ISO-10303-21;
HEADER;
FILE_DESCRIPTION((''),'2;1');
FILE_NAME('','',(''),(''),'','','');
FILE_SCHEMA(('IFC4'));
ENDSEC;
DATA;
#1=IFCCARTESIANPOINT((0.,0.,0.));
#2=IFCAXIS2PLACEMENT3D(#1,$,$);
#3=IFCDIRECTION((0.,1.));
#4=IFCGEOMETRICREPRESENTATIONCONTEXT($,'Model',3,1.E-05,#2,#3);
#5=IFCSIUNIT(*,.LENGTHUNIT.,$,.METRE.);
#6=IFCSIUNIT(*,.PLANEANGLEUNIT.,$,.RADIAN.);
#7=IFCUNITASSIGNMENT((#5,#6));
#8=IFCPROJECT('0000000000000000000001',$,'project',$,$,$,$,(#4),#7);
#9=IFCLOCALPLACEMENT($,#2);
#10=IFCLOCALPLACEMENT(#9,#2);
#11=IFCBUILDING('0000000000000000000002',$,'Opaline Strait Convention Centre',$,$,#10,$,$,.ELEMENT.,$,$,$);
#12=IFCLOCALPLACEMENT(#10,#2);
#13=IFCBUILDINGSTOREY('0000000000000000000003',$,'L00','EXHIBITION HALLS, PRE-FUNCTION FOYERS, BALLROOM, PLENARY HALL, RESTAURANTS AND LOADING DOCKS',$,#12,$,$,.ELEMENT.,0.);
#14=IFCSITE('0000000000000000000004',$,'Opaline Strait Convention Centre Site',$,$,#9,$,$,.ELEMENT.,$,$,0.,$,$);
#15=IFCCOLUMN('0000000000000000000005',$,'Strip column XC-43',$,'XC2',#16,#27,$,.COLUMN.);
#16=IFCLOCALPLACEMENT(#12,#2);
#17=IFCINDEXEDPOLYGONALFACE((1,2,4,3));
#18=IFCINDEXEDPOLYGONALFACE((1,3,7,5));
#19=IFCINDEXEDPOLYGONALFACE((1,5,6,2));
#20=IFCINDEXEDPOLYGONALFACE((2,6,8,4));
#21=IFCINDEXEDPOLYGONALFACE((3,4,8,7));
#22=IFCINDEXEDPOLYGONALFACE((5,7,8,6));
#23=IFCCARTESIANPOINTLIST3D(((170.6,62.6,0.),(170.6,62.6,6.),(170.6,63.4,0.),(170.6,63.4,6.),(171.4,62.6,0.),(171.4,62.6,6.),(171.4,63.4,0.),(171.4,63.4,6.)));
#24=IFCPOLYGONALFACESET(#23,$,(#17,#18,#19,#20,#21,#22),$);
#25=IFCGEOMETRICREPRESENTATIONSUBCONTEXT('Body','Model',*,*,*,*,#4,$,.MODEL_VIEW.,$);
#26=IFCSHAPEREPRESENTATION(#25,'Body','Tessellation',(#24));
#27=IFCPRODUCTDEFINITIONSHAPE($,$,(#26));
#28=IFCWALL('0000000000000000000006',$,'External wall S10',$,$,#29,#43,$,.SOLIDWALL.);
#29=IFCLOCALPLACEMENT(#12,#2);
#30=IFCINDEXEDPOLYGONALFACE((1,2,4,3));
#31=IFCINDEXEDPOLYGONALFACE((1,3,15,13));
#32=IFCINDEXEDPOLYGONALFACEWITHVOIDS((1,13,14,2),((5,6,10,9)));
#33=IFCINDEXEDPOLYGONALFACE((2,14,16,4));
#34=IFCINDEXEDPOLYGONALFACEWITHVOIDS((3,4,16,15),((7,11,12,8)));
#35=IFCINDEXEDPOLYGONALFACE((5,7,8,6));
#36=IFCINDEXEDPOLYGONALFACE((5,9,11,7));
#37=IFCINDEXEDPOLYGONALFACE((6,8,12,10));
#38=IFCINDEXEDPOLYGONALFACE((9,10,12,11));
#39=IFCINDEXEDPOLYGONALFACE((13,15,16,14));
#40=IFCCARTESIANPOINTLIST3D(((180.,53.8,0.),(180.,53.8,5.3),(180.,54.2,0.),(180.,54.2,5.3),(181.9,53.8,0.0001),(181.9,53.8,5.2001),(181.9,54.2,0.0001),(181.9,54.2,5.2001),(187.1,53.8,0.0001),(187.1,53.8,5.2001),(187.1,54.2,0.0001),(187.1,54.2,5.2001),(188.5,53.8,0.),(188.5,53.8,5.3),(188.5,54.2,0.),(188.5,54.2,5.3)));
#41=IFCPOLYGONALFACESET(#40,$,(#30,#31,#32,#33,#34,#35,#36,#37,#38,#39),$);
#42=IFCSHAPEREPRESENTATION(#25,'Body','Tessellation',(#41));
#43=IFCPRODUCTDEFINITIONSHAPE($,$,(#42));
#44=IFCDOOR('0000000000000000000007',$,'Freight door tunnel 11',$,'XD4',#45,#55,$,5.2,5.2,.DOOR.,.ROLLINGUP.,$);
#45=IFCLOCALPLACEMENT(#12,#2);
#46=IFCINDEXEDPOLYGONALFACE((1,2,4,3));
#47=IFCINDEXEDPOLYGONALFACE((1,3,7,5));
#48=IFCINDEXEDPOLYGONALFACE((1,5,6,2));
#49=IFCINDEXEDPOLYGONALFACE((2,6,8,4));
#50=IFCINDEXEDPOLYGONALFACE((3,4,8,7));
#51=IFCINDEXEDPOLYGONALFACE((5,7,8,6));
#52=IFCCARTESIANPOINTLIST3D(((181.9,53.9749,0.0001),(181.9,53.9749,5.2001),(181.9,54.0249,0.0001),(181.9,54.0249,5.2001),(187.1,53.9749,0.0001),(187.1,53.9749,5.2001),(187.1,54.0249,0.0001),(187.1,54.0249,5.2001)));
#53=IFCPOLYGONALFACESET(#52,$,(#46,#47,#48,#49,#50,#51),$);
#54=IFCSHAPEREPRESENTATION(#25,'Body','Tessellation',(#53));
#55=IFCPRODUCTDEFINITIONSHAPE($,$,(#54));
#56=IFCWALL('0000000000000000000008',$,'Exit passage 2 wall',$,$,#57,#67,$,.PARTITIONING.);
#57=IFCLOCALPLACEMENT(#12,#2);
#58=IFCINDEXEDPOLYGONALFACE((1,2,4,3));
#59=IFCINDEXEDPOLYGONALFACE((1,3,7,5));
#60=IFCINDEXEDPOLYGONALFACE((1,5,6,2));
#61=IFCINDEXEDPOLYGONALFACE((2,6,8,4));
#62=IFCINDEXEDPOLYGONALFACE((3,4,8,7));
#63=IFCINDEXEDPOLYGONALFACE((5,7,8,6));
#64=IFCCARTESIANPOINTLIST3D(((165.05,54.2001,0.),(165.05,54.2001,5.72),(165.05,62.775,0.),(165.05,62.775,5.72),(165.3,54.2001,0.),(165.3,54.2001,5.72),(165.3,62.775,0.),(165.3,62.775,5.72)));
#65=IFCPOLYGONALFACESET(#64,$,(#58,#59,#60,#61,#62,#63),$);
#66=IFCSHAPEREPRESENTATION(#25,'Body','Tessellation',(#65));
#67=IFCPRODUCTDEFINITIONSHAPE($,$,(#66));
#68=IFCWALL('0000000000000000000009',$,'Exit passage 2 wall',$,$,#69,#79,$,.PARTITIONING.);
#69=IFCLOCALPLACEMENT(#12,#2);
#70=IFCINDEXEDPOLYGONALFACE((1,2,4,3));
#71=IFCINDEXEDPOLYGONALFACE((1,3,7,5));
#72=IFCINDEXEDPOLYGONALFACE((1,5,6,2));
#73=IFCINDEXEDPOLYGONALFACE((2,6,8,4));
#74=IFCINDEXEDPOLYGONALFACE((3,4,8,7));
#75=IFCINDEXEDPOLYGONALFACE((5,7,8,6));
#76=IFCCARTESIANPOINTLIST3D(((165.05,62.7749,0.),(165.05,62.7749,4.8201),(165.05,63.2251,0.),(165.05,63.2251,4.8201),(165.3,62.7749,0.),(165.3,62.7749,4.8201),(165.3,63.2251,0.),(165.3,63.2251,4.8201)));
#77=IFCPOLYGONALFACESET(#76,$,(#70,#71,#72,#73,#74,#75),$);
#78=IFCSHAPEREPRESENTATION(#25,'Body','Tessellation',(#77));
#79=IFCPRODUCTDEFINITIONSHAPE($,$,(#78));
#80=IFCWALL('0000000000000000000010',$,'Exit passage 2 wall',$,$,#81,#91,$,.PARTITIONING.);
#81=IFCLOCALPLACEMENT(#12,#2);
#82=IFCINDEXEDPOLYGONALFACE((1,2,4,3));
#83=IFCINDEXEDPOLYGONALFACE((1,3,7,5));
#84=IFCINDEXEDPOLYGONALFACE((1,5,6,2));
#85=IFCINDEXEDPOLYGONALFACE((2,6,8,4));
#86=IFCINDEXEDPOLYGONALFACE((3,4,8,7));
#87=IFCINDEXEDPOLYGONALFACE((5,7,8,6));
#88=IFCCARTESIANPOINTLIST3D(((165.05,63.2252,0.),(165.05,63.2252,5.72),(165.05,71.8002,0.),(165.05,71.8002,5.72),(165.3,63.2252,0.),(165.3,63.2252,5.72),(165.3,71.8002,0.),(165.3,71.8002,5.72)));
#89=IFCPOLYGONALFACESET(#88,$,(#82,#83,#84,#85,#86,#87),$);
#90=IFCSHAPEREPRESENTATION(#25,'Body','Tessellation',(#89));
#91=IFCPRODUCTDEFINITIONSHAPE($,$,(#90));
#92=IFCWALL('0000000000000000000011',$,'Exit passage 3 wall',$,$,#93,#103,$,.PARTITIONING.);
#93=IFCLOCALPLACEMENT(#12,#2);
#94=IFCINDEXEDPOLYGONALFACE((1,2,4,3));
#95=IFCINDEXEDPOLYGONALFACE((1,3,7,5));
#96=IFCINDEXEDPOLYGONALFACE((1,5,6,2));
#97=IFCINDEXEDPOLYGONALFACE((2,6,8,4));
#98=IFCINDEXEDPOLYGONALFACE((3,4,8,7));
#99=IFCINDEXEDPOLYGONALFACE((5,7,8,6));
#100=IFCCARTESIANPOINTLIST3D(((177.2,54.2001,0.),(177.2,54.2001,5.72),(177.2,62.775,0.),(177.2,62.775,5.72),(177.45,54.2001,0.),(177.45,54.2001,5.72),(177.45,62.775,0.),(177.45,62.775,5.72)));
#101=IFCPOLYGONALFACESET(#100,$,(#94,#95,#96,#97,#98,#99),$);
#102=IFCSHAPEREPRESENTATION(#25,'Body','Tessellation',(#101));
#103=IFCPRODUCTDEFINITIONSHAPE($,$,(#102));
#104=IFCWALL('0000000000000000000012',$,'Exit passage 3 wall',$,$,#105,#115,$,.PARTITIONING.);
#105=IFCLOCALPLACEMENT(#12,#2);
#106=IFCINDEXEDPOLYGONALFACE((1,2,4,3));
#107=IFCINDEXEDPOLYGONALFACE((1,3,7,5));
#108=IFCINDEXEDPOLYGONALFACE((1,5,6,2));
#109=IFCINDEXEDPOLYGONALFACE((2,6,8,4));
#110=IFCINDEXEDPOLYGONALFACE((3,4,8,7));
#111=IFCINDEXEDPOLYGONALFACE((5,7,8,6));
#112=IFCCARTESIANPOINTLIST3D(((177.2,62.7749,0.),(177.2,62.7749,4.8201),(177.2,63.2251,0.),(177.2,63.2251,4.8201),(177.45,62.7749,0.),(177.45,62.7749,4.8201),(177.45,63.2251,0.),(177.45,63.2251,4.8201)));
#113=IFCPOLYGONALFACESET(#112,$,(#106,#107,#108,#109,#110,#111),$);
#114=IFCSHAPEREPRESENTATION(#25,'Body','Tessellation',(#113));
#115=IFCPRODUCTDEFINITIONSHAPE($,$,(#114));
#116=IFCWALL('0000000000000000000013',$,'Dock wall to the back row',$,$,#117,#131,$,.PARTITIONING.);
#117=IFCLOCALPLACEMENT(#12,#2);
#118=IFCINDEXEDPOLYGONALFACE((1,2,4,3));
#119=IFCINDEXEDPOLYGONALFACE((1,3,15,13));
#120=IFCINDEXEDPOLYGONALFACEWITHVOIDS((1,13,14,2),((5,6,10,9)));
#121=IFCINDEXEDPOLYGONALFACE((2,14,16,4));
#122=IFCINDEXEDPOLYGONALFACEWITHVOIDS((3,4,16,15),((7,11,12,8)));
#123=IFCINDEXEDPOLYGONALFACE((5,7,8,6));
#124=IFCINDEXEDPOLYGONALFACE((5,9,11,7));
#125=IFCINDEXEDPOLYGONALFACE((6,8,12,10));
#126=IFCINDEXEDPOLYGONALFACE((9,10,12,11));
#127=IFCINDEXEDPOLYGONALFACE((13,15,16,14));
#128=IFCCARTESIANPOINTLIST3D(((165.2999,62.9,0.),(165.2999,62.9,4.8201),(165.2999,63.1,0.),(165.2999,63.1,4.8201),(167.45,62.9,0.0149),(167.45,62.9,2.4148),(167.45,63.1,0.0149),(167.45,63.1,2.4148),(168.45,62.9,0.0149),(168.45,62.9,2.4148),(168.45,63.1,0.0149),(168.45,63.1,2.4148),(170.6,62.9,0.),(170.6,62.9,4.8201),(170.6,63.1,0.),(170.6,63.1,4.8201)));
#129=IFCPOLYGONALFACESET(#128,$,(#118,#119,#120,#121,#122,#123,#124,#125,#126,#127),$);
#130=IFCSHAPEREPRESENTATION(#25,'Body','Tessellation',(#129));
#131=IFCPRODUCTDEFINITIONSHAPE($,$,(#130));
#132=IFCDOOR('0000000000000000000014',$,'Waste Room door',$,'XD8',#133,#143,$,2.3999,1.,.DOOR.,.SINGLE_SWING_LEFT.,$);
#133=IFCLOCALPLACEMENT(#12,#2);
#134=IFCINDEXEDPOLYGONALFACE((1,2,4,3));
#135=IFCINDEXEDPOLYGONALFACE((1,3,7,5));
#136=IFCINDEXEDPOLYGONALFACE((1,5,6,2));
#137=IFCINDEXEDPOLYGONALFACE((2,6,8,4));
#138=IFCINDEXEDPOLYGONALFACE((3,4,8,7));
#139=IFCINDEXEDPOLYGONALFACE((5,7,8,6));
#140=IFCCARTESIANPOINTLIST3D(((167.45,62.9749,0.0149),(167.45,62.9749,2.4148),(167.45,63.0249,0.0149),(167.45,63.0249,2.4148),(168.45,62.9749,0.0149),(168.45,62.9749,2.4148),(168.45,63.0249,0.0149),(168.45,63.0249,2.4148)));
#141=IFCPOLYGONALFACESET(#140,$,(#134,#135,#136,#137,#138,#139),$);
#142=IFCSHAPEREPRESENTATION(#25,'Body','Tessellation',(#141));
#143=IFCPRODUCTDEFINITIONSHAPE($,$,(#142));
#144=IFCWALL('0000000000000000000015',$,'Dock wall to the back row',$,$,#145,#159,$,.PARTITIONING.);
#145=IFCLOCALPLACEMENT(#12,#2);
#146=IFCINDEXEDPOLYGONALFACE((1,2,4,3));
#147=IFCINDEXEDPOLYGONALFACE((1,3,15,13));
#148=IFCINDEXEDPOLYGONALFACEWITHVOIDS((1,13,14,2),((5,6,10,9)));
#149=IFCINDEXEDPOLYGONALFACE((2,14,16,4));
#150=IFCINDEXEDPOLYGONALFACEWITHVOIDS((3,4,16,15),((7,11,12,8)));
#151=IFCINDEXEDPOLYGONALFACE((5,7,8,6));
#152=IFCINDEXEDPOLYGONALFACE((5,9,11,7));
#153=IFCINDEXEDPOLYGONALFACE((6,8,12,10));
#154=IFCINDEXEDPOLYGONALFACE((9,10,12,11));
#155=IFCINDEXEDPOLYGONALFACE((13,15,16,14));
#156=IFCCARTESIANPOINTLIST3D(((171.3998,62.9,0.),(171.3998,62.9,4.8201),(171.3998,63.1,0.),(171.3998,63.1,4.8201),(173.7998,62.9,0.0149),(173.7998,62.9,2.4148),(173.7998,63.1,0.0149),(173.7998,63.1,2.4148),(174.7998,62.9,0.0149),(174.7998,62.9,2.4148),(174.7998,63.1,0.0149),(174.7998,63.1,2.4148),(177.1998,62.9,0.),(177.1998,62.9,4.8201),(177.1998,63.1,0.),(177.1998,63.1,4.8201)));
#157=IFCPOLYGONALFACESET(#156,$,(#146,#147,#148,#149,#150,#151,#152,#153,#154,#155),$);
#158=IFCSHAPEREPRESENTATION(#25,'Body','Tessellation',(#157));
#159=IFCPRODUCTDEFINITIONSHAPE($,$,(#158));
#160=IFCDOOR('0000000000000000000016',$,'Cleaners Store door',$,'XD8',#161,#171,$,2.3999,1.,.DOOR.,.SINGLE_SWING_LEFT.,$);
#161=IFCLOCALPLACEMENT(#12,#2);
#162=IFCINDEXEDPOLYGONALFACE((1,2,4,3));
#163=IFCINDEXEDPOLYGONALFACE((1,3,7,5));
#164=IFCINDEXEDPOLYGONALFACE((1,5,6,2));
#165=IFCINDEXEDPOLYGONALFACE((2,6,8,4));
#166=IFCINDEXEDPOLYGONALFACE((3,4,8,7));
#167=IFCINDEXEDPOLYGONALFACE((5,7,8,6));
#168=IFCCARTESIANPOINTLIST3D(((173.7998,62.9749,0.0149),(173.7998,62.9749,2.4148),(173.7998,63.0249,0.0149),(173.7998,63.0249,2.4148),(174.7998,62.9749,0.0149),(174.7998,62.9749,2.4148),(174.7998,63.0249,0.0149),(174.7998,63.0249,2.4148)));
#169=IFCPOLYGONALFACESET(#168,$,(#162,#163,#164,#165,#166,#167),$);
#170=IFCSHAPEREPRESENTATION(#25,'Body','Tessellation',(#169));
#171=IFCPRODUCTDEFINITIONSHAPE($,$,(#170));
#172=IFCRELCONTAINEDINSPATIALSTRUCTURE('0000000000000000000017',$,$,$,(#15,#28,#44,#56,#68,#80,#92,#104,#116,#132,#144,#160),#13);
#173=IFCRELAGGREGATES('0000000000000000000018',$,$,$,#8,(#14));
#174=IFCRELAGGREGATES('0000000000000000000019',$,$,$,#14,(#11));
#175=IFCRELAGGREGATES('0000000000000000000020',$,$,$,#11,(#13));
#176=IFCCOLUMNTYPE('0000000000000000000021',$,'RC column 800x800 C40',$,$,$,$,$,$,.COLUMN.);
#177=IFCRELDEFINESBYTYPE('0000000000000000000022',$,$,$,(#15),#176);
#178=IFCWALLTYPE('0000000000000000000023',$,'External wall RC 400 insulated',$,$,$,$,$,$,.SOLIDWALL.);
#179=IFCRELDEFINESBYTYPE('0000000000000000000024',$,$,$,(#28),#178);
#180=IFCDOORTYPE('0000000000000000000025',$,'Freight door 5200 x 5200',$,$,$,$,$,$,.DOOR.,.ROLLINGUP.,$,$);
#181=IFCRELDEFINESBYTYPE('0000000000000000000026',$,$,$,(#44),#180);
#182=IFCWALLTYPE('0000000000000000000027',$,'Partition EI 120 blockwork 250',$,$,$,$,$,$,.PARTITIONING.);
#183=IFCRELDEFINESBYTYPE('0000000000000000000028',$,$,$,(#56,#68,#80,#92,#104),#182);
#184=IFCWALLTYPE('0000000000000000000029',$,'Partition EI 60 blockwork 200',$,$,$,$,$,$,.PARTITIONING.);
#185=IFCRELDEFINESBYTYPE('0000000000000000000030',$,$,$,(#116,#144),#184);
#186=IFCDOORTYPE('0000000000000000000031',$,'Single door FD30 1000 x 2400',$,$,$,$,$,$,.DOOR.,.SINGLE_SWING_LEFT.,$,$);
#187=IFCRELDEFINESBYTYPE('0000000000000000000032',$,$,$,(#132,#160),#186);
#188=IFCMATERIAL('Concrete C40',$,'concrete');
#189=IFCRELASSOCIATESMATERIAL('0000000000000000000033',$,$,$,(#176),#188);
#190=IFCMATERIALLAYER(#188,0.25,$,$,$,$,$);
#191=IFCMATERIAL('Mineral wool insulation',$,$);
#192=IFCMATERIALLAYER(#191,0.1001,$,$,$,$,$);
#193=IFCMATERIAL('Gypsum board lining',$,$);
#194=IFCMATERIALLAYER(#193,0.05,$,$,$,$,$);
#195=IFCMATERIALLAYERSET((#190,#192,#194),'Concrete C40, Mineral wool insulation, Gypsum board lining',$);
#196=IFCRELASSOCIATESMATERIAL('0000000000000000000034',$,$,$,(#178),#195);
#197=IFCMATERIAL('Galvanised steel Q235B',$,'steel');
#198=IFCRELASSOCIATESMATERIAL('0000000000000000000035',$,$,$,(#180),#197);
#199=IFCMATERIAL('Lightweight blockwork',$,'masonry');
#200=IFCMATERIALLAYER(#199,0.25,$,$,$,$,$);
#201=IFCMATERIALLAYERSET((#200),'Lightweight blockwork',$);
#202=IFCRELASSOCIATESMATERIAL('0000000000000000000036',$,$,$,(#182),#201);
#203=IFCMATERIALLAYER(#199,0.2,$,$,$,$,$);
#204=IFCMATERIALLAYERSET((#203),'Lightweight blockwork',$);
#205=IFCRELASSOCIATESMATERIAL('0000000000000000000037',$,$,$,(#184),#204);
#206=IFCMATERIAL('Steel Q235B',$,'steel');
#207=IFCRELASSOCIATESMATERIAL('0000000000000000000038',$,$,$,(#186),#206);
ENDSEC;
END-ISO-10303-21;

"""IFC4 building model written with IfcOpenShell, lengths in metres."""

from ifc_helpers import new_model, si_unit, direction, frame, frame_2d, origin, origin_2d, place, context, subcontext, project, spatial, rectangle, extrude, material, layer, layer_set, material_profile, profile_set, type_object, element, fill, save


model = new_model("IFC4")

# Units and contexts
model_context = context("Model", 3, precision=1e-05, world=origin(), true_north=direction((0.0, 1.0)))
body_context = subcontext(model_context, "Body", "Model", "MODEL_VIEW")
ifc_project = project(units=[si_unit("LENGTHUNIT", "METRE"), si_unit("PLANEANGLEUNIT", "RADIAN")], contexts=[model_context])

# Site, building, storey
site_placement = place(None, origin())
site = spatial("IfcSite", under=ifc_project, at=site_placement, Name="Opaline Strait Convention Centre Site", CompositionType="ELEMENT", RefElevation=0.0)
building_placement = place(site_placement, origin())
building = spatial("IfcBuilding", under=site, at=building_placement, Name="Opaline Strait Convention Centre", CompositionType="ELEMENT")
storey_placement = place(building_placement, origin())
storey = spatial("IfcBuildingStorey", under=building, at=storey_placement, Name="L00", Description="EXHIBITION HALLS, PRE-FUNCTION FOYERS, BALLROOM, PLENARY HALL, RESTAURANTS AND LOADING DOCKS", CompositionType="ELEMENT", Elevation=0.0)

# Column
ifc_material_1 = material(Name="Concrete C40", Category="concrete")
ifc_material_profile_1 = material_profile(ifc_material_1, rectangle(XDim=0.8, YDim=0.8, at=origin_2d()), Name="RC 800x800")
ifc_profile_set_1 = profile_set([ifc_material_profile_1], Name="Concrete C40")
column_type_1 = type_object("IfcColumnType", Name="RC column 800x800 C40", PredefinedType="COLUMN", material=ifc_profile_set_1)
column_1_placement = place(storey_placement, frame((171.0, 63.0, 0.0), z_axis=(0.0, 0.0, 1.0), x_axis=(1.0, 0.0, 0.0)))
element("IfcColumn", 1, at=column_1_placement, inside=storey, type_object=column_type_1, Name="Strip column XC-43", ObjectType="XC2", PredefinedType="COLUMN", context=body_context, shape_type="SweptSolid", body=[
    extrude(rectangle(XDim=0.8, YDim=0.8, at=origin_2d()), origin(), (0.0, 0.0, 1.0), 6.0),
])

# Shared definitions
ifc_layer_1 = layer(ifc_material_1, 0.25)
ifc_material_2 = material(Name="Mineral wool insulation")
ifc_layer_2 = layer(ifc_material_2, 0.1001)
ifc_material_3 = material(Name="Gypsum board lining")
ifc_layer_3 = layer(ifc_material_3, 0.05)
ifc_layer_set_1 = layer_set([ifc_layer_1, ifc_layer_2, ifc_layer_3], Name="Concrete C40, Mineral wool insulation, Gypsum board lining")
wall_type_1 = type_object("IfcWallType", Name="External wall RC 400 insulated", PredefinedType="SOLIDWALL", material=ifc_layer_set_1)
ifc_material_4 = material(Name="Galvanised steel Q235B", Category="steel")
ifc_material_5 = material(Name="Steel Q235B", Category="steel")

# Wall, opening, door
wall_1_placement = place(storey_placement, frame((180.0, 54.0, 0.0), z_axis=(0.0, 0.0, 1.0), x_axis=(1.0, 0.0, 0.0)))
wall_1 = element("IfcWall", 2, at=wall_1_placement, inside=storey, type_object=wall_type_1, Name="External wall S10", PredefinedType="SOLIDWALL", context=body_context, shape_type="SweptSolid", body=[
    extrude(rectangle(XDim=8.5, YDim=0.3999, at=frame_2d((4.25, 0.0))), origin(), (0.0, 0.0, 1.0), 5.3),
])
opening_1_placement = place(wall_1_placement, frame((1.8999, 0.0, 0.0)))
opening_1 = element("IfcOpeningElement", 3, at=opening_1_placement, cuts=wall_1, PredefinedType="OPENING", context=body_context, shape_type="SweptSolid", body=[
    extrude(rectangle(XDim=5.2, YDim=5.2, at=frame_2d((2.6001, 2.6001))), frame((0.0, 0.21, 0.0), z_axis=(0.0, -1.0, 0.0), x_axis=(1.0, 0.0, 0.0)), (0.0, 0.0, 1.0), 0.4199),
])
door_type_1 = type_object("IfcDoorType", Name="Freight door 5200 x 5200", OperationType="ROLLINGUP", PredefinedType="DOOR", material=ifc_material_4)
door_1_placement = place(opening_1_placement, origin())
door_1 = element("IfcDoor", 4, at=door_1_placement, inside=storey, type_object=door_type_1, Name="Freight door tunnel 11", ObjectType="XD4", OperationType="ROLLINGUP", OverallHeight=5.2, OverallWidth=5.2, PredefinedType="DOOR", context=body_context, shape_type="SweptSolid", body=[
    extrude(rectangle(XDim=5.2, YDim=5.2, at=frame_2d((2.6001, 2.6001))), frame((0.0, 0.0249, 0.0), z_axis=(0.0, -1.0, 0.0), x_axis=(1.0, 0.0, 0.0)), (0.0, 0.0, 1.0), 0.05),
])
fill(opening_1, door_1)

# Walls
ifc_material_6 = material(Name="Lightweight blockwork", Category="masonry")
ifc_layer_4 = layer(ifc_material_6, 0.25)
ifc_layer_set_2 = layer_set([ifc_layer_4], Name="Lightweight blockwork")
wall_type_2 = type_object("IfcWallType", Name="Partition EI 120 blockwork 250", PredefinedType="PARTITIONING", material=ifc_layer_set_2)
wall_2_placement = place(storey_placement, frame((165.175, 54.2, 0.0), z_axis=(0.0, 0.0, 1.0), x_axis=(0.0, 1.0, 0.0)))
element("IfcWall", 5, at=wall_2_placement, inside=storey, type_object=wall_type_2, Name="Exit passage 2 wall", PredefinedType="PARTITIONING", context=body_context, shape_type="SweptSolid", body=[
    extrude(rectangle(XDim=8.575, YDim=0.25, at=frame_2d((4.2876, 0.0))), origin(), (0.0, 0.0, 1.0), 5.72),
])
wall_3_placement = place(storey_placement, frame((165.175, 62.7749, 0.0), z_axis=(0.0, 0.0, 1.0), x_axis=(0.0, 1.0, 0.0)))
element("IfcWall", 6, at=wall_3_placement, inside=storey, type_object=wall_type_2, Name="Exit passage 2 wall", PredefinedType="PARTITIONING", context=body_context, shape_type="SweptSolid", body=[
    extrude(rectangle(XDim=0.4502, YDim=0.25, at=frame_2d((0.2251, 0.0))), origin(), (0.0, 0.0, 1.0), 4.8201),
])
for number, where, z_axis, x_axis, name in (
    (7, (165.175, 63.2251, 0.0), (0.0, 0.0, 1.0), (0.0, 1.0, 0.0), "Exit passage 2 wall"),
    (8, (177.325, 54.2, 0.0), (0.0, 0.0, 1.0), (0.0, 1.0, 0.0), "Exit passage 3 wall"),
):
    element("IfcWall", number, at=place(storey_placement, frame(where, z_axis=z_axis, x_axis=x_axis)), inside=storey, type_object=wall_type_2, Name=name, PredefinedType="PARTITIONING", context=body_context, shape_type="SweptSolid", body=[
        extrude(rectangle(XDim=8.575, YDim=0.25, at=frame_2d((4.2876, 0.0))), origin(), (0.0, 0.0, 1.0), 5.72),
    ])
wall_4_placement = place(storey_placement, frame((177.325, 62.7749, 0.0), z_axis=(0.0, 0.0, 1.0), x_axis=(0.0, 1.0, 0.0)))
element("IfcWall", 9, at=wall_4_placement, inside=storey, type_object=wall_type_2, Name="Exit passage 3 wall", PredefinedType="PARTITIONING", context=body_context, shape_type="SweptSolid", body=[
    extrude(rectangle(XDim=0.4502, YDim=0.25, at=frame_2d((0.2251, 0.0))), origin(), (0.0, 0.0, 1.0), 4.8201),
])

# Walls, openings, doors
ifc_layer_5 = layer(ifc_material_6, 0.2)
ifc_layer_set_3 = layer_set([ifc_layer_5], Name="Lightweight blockwork")
wall_type_3 = type_object("IfcWallType", Name="Partition EI 60 blockwork 200", PredefinedType="PARTITIONING", material=ifc_layer_set_3)
wall_5_placement = place(storey_placement, frame((165.3, 63.0, 0.0), z_axis=(0.0, 0.0, 1.0), x_axis=(1.0, 0.0, 0.0)))
wall_5 = element("IfcWall", 10, at=wall_5_placement, inside=storey, type_object=wall_type_3, Name="Dock wall to the back row", PredefinedType="PARTITIONING", context=body_context, shape_type="SweptSolid", body=[
    extrude(rectangle(XDim=5.3, YDim=0.2, at=frame_2d((2.6499, 0.0))), origin(), (0.0, 0.0, 1.0), 4.8201),
])
opening_2_placement = place(wall_5_placement, frame((2.1499, 0.0, 0.0149)))
opening_2 = element("IfcOpeningElement", 11, at=opening_2_placement, cuts=wall_5, PredefinedType="OPENING", context=body_context, shape_type="SweptSolid", body=[
    extrude(rectangle(XDim=1.0, YDim=2.3999, at=frame_2d((0.5, 1.2))), frame((0.0, 0.1099, 0.0), z_axis=(0.0, -1.0, 0.0), x_axis=(1.0, 0.0, 0.0)), (0.0, 0.0, 1.0), 0.22),
])
door_type_2 = type_object("IfcDoorType", Name="Single door FD30 1000 x 2400", OperationType="SINGLE_SWING_LEFT", PredefinedType="DOOR", material=ifc_material_5)
door_2_placement = place(opening_2_placement, origin())
door_2 = element("IfcDoor", 12, at=door_2_placement, inside=storey, type_object=door_type_2, Name="Waste Room door", ObjectType="XD8", OperationType="SINGLE_SWING_LEFT", OverallHeight=2.3999, OverallWidth=1.0, PredefinedType="DOOR", context=body_context, shape_type="SweptSolid", body=[
    extrude(rectangle(XDim=1.0, YDim=2.3999, at=frame_2d((0.5, 1.2))), frame((0.0, 0.0249, 0.0), z_axis=(0.0, -1.0, 0.0), x_axis=(1.0, 0.0, 0.0)), (0.0, 0.0, 1.0), 0.05),
])
fill(opening_2, door_2)
wall_6_placement = place(storey_placement, frame((171.3999, 63.0, 0.0), z_axis=(0.0, 0.0, 1.0), x_axis=(1.0, 0.0, 0.0)))
wall_6 = element("IfcWall", 13, at=wall_6_placement, inside=storey, type_object=wall_type_3, Name="Dock wall to the back row", PredefinedType="PARTITIONING", context=body_context, shape_type="SweptSolid", body=[
    extrude(rectangle(XDim=5.8, YDim=0.2, at=frame_2d((2.8999, 0.0))), origin(), (0.0, 0.0, 1.0), 4.8201),
])
opening_3_placement = place(wall_6_placement, frame((2.3999, 0.0, 0.0149)))
opening_3 = element("IfcOpeningElement", 14, at=opening_3_placement, cuts=wall_6, PredefinedType="OPENING", context=body_context, shape_type="SweptSolid", body=[
    extrude(rectangle(XDim=1.0, YDim=2.3999, at=frame_2d((0.5, 1.2))), frame((0.0, 0.1099, 0.0), z_axis=(0.0, -1.0, 0.0), x_axis=(1.0, 0.0, 0.0)), (0.0, 0.0, 1.0), 0.22),
])
door_3_placement = place(opening_3_placement, origin())
door_3 = element("IfcDoor", 15, at=door_3_placement, inside=storey, type_object=door_type_2, Name="Cleaners Store door", ObjectType="XD8", OperationType="SINGLE_SWING_LEFT", OverallHeight=2.3999, OverallWidth=1.0, PredefinedType="DOOR", context=body_context, shape_type="SweptSolid", body=[
    extrude(rectangle(XDim=1.0, YDim=2.3999, at=frame_2d((0.5, 1.2))), frame((0.0, 0.0249, 0.0), z_axis=(0.0, -1.0, 0.0), x_axis=(1.0, 0.0, 0.0)), (0.0, 0.0, 1.0), 0.05),
])
fill(opening_3, door_3)

save(model, "model.ifc")
